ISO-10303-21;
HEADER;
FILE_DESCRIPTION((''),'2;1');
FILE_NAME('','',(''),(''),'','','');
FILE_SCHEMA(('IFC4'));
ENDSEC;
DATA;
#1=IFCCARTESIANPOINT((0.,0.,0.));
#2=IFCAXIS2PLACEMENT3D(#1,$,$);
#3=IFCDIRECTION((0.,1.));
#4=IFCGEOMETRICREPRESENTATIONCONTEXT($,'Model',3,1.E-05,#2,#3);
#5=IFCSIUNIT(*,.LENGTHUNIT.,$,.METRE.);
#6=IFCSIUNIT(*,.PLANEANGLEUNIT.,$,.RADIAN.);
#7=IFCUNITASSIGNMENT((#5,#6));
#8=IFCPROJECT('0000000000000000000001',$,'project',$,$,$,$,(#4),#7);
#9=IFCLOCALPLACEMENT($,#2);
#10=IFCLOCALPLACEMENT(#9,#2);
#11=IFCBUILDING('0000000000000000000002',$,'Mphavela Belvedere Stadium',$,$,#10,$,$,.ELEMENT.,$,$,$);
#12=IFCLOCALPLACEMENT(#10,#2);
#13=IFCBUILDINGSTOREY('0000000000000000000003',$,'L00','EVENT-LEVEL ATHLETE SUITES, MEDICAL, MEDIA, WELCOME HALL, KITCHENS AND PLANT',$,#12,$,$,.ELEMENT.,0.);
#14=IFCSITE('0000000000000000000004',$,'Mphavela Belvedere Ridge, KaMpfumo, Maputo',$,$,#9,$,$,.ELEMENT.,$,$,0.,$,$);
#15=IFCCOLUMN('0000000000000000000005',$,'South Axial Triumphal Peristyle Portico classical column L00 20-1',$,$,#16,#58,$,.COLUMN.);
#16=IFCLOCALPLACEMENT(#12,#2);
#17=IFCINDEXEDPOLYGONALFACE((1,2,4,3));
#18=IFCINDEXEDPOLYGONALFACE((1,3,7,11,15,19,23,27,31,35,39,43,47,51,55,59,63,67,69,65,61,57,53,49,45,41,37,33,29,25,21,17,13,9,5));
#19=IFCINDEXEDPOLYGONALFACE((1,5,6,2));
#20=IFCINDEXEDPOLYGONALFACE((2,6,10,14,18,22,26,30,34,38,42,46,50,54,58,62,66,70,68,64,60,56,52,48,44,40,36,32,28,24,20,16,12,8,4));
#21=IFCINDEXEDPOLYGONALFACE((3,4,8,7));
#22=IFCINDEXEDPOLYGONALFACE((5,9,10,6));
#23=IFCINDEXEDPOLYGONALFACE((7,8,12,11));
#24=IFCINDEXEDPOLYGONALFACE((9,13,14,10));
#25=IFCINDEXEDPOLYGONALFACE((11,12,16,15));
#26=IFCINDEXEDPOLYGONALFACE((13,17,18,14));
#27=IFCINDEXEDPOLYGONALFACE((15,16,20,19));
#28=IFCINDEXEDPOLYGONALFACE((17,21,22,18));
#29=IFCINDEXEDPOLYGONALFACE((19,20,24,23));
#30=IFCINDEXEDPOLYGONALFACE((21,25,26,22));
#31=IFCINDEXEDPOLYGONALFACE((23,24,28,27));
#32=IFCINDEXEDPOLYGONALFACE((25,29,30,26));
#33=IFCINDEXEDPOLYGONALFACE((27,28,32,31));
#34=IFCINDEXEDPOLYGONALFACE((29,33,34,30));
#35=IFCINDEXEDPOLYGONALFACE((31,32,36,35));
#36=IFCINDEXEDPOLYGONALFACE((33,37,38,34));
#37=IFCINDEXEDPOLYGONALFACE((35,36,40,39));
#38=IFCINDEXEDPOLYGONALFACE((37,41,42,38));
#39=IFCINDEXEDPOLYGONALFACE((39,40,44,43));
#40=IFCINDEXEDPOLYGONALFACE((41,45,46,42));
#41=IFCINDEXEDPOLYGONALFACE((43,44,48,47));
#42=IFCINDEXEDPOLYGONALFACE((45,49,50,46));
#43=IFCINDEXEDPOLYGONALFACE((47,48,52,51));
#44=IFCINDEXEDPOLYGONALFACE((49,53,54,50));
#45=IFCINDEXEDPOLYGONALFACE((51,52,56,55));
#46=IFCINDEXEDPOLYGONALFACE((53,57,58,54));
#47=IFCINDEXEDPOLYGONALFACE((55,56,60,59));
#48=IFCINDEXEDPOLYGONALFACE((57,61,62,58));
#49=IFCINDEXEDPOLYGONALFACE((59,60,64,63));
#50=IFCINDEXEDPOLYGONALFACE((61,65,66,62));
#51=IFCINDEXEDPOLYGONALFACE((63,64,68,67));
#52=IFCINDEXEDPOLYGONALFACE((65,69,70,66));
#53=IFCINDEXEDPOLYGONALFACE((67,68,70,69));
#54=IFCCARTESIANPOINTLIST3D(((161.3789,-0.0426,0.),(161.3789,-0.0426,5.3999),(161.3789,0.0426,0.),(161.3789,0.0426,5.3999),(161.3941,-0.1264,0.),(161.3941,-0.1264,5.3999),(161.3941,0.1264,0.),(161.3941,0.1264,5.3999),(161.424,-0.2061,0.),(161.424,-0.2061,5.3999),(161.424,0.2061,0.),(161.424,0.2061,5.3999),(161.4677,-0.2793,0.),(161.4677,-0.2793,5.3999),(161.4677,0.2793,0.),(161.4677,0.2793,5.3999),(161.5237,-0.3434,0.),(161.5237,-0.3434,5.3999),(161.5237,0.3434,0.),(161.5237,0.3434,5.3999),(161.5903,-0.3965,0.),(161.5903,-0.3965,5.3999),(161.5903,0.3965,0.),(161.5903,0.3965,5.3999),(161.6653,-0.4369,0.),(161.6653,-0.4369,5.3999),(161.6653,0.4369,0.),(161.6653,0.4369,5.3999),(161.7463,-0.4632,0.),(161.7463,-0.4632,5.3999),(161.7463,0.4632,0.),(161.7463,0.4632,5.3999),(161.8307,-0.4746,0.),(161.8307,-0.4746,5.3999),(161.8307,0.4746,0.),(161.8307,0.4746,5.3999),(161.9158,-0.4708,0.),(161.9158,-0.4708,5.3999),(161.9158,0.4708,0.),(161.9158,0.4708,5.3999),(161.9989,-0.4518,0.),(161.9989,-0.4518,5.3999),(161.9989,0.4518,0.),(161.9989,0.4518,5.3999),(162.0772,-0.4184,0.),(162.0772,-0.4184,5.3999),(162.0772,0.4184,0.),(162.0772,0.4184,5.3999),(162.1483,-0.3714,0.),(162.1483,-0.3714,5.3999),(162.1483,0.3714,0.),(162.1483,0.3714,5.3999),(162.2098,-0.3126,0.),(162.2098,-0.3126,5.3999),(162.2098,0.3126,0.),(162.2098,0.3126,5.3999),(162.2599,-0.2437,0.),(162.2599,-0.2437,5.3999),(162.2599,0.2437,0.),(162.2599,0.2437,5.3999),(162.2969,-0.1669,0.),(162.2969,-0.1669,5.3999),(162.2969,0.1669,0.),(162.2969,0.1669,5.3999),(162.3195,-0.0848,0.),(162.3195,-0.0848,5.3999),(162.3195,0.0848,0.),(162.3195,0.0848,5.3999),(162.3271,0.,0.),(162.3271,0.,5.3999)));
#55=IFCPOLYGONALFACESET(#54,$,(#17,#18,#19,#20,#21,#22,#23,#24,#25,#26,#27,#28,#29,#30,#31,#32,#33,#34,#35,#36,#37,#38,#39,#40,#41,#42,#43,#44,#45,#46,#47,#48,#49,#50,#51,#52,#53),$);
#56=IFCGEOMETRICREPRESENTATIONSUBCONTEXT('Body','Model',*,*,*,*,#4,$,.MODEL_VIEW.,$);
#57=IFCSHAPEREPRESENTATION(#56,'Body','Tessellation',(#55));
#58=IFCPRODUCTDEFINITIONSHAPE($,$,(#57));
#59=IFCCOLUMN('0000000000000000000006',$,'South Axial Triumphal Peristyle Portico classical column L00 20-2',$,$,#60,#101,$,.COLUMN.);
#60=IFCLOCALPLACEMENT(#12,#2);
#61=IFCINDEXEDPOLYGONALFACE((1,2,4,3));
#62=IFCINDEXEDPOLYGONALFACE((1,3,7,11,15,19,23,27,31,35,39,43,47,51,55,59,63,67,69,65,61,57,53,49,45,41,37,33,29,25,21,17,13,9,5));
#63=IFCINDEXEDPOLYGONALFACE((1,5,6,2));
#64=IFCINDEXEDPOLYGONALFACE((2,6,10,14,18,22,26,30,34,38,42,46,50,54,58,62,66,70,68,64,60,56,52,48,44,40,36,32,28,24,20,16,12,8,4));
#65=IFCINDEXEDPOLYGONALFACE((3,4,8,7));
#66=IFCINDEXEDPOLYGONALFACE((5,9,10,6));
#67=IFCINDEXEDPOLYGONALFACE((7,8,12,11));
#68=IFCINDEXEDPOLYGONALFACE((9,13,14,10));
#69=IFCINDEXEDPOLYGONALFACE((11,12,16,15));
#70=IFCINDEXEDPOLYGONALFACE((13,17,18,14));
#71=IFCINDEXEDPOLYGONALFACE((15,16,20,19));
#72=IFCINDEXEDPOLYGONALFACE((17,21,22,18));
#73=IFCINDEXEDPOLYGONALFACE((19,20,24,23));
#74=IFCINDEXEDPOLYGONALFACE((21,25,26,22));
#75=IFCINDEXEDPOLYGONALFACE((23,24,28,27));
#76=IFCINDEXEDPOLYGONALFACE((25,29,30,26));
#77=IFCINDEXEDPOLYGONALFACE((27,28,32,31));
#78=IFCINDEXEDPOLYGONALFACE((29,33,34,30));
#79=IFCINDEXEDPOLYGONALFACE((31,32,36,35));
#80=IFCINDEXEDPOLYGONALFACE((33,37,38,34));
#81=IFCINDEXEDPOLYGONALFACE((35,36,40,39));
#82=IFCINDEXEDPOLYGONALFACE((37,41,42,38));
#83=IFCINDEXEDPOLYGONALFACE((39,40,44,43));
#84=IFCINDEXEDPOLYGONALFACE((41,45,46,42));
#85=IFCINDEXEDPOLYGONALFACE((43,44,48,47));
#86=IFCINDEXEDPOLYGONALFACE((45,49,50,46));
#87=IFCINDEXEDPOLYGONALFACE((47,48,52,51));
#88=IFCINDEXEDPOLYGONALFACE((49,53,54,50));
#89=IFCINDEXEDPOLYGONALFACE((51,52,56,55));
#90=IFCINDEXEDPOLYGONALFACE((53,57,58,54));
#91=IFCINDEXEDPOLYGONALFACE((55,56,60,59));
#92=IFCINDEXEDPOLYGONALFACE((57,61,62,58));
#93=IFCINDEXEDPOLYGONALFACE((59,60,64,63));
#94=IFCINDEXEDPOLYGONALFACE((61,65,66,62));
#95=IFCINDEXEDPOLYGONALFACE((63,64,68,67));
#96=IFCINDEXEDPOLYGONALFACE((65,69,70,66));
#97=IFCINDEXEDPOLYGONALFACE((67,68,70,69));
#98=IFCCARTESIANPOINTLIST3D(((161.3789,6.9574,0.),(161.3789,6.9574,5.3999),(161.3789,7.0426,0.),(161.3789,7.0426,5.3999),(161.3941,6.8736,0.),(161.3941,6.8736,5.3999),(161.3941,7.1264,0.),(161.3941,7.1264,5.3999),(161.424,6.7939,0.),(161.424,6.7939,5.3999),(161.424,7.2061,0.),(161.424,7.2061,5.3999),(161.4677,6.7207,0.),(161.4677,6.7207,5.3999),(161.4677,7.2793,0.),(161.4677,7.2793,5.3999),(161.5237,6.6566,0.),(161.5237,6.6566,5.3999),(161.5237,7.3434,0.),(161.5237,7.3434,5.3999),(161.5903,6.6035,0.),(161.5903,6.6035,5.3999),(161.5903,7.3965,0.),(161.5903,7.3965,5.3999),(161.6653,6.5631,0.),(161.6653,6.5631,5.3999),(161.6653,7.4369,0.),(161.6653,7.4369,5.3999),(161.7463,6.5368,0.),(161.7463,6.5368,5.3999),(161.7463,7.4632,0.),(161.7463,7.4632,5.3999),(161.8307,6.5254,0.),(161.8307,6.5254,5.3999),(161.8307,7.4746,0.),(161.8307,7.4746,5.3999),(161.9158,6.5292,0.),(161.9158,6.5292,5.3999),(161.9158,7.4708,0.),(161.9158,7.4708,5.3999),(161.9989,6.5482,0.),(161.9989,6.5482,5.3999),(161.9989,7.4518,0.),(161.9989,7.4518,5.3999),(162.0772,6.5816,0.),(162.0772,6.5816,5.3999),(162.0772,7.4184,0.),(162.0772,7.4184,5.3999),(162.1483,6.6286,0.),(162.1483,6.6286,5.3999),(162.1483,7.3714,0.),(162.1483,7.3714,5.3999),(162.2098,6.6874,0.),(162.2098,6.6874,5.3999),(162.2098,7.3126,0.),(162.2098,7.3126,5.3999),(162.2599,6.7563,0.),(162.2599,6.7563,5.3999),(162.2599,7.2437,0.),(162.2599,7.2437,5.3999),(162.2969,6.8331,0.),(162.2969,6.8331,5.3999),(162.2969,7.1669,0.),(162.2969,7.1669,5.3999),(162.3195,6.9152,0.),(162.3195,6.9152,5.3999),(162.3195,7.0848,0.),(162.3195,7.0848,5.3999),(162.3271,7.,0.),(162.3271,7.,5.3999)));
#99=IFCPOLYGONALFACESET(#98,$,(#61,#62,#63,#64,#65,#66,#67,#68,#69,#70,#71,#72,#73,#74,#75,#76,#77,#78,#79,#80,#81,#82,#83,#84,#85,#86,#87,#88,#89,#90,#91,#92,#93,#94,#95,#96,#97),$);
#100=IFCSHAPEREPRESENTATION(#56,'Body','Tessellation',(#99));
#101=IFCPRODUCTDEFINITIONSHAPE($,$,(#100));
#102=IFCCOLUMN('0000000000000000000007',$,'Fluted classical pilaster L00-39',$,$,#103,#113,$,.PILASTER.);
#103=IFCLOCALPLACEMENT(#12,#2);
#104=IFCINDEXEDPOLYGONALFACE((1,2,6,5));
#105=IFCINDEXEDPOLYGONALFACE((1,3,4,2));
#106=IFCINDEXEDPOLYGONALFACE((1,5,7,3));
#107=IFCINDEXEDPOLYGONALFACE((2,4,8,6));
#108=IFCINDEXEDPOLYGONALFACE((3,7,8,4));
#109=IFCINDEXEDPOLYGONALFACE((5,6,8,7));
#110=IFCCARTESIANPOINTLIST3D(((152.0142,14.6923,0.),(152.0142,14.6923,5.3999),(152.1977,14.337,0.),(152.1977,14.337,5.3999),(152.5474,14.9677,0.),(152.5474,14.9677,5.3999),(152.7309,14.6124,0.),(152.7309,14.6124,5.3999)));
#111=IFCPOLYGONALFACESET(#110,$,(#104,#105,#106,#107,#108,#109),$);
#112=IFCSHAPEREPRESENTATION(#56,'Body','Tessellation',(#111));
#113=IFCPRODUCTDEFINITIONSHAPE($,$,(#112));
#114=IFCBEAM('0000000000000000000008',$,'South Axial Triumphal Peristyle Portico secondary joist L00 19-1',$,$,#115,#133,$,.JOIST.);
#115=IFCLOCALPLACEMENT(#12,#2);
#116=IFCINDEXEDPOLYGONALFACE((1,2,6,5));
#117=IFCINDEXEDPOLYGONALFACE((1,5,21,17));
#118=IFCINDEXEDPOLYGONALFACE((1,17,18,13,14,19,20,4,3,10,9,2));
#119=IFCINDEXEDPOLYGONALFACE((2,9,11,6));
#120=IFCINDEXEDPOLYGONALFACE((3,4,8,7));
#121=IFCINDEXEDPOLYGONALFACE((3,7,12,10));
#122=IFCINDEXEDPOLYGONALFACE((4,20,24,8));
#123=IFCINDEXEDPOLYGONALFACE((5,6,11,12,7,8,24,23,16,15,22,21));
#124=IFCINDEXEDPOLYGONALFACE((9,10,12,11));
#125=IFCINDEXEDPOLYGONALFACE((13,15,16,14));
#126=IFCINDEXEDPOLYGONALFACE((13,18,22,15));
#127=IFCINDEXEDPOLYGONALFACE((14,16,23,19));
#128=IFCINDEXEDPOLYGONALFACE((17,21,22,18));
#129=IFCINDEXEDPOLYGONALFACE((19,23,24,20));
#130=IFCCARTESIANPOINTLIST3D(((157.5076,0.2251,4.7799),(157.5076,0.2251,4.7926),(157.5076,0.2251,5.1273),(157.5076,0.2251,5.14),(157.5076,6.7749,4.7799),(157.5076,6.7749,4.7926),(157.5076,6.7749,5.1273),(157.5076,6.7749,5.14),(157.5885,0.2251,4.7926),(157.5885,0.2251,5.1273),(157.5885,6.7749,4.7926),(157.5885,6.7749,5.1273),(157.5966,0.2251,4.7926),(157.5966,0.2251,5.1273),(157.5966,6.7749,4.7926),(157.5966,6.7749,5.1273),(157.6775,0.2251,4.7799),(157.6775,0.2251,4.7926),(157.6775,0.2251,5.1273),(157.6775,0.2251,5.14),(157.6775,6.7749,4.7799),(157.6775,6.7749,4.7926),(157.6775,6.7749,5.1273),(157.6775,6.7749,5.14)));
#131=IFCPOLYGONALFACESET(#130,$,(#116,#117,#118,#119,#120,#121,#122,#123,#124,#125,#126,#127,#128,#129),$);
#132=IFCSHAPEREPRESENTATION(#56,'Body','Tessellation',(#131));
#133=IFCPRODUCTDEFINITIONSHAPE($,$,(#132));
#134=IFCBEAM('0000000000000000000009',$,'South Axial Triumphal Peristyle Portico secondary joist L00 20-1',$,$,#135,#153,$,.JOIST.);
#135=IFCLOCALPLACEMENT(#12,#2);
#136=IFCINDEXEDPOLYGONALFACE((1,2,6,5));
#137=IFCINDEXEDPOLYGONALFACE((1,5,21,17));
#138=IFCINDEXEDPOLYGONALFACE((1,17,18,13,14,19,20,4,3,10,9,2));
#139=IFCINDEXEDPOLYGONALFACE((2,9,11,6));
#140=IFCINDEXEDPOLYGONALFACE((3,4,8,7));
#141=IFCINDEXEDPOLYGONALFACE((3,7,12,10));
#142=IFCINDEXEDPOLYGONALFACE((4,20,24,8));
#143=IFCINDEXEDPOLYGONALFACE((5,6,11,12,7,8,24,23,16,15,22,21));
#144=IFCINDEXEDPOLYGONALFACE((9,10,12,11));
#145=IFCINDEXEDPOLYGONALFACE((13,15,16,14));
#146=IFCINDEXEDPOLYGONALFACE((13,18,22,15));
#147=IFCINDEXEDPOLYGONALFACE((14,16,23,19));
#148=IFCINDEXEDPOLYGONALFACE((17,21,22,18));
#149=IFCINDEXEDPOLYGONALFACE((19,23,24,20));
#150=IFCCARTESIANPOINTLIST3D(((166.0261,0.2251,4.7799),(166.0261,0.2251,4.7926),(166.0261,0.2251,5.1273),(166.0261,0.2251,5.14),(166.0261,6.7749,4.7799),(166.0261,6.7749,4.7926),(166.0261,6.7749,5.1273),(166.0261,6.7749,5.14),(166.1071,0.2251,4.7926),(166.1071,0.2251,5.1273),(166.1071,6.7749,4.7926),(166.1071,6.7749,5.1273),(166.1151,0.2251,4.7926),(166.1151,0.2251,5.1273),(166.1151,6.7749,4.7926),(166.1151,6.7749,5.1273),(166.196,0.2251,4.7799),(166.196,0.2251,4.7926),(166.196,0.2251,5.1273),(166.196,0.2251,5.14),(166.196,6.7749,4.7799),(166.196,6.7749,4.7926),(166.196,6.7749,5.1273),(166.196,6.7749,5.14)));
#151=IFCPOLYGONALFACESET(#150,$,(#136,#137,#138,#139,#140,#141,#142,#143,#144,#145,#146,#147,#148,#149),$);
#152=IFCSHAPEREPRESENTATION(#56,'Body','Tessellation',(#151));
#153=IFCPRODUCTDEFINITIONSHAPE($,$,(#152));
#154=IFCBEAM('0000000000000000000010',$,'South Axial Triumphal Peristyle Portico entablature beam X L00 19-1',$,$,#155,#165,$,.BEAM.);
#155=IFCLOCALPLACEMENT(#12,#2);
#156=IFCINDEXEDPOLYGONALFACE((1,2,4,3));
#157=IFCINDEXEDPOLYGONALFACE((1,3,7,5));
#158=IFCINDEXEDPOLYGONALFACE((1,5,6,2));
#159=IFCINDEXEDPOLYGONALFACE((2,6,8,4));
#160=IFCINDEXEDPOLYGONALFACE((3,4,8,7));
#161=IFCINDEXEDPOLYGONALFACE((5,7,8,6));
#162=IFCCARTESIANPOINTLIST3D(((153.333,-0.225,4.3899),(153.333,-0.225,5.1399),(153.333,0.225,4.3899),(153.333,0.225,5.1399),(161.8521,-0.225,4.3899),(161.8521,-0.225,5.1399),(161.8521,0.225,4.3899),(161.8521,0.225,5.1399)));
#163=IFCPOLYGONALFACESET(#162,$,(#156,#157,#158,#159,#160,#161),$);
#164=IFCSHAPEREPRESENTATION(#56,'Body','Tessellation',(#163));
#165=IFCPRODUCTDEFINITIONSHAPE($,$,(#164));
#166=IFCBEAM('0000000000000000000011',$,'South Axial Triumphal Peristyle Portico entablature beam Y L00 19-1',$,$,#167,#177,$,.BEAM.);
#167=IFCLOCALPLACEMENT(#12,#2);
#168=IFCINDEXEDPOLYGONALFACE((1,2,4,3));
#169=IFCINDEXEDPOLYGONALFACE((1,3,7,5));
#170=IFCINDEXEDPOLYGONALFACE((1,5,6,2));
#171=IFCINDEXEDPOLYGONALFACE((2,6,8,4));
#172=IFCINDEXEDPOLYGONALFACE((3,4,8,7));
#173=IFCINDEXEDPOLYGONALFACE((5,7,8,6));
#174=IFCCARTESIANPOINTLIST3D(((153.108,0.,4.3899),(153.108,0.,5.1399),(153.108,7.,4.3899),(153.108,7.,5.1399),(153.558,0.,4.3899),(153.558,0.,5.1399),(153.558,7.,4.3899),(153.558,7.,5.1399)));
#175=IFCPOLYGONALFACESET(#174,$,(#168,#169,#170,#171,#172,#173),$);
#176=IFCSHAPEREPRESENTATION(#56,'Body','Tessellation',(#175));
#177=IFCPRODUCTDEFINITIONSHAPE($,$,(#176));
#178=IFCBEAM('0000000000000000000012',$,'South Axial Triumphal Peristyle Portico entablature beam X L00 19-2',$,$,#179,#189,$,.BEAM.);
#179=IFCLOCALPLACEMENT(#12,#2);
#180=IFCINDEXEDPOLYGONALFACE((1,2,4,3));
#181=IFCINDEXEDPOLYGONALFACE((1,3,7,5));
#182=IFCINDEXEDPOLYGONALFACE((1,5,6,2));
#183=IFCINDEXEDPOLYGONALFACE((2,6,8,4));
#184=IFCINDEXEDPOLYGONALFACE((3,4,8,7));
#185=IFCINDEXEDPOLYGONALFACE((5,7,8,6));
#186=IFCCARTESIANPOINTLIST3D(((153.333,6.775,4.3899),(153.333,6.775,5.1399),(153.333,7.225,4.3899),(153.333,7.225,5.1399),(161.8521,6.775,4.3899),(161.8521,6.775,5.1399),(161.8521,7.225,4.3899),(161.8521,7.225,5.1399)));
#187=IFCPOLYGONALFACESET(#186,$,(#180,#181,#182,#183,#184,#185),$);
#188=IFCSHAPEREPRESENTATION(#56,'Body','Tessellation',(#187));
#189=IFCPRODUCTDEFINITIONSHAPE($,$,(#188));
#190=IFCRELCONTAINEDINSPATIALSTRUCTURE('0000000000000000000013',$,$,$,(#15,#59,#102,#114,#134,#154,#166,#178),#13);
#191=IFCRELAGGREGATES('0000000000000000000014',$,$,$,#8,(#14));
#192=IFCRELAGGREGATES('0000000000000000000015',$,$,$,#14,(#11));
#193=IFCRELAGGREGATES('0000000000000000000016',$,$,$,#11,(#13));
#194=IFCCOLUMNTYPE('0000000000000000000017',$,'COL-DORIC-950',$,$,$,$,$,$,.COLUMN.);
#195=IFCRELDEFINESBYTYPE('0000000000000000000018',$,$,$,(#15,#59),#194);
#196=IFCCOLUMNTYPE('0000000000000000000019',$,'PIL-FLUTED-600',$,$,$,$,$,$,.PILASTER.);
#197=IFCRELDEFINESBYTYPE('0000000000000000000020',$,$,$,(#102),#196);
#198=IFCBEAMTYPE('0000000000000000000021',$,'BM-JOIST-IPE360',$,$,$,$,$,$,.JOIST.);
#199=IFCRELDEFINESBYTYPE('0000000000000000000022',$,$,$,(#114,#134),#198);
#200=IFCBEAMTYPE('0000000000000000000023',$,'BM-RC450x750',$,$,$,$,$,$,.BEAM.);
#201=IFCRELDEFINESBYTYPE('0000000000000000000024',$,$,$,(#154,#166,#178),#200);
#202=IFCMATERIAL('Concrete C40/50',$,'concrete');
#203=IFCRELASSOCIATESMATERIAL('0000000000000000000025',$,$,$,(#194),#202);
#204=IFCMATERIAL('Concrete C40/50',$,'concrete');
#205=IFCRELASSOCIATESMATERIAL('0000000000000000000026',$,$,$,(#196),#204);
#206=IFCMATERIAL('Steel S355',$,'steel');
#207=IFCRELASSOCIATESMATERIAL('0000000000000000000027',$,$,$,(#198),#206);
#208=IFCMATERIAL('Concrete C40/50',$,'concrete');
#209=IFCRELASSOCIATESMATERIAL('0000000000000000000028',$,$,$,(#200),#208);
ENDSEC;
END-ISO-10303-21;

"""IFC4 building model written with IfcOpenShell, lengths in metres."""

from ifc_helpers import new_model, si_unit, direction, frame, origin, origin_2d, place, context, subcontext, project, spatial, rectangle, circle, i_section, extrude, material, material_profile, profile_set, type_object, element, save


model = new_model("IFC4")

# Units and contexts
model_context = context("Model", 3, precision=1e-05, world=origin(), true_north=direction((0.0, 1.0)))
body_context = subcontext(model_context, "Body", "Model", "MODEL_VIEW")
ifc_project = project(units=[si_unit("LENGTHUNIT", "METRE"), si_unit("PLANEANGLEUNIT", "RADIAN")], contexts=[model_context])

# Site, building, storey
site_placement = place(None, origin())
site = spatial("IfcSite", under=ifc_project, at=site_placement, Name="Mphavela Belvedere Ridge, KaMpfumo, Maputo", CompositionType="ELEMENT", RefElevation=0.0)
building_placement = place(site_placement, origin())
building = spatial("IfcBuilding", under=site, at=building_placement, Name="Mphavela Belvedere Stadium", CompositionType="ELEMENT")
storey_placement = place(building_placement, origin())
storey = spatial("IfcBuildingStorey", under=building, at=storey_placement, Name="L00", Description="EVENT-LEVEL ATHLETE SUITES, MEDICAL, MEDIA, WELCOME HALL, KITCHENS AND PLANT", CompositionType="ELEMENT", Elevation=0.0)

# Columns
ifc_material_1 = material(Name="Concrete C40/50", Category="concrete")
ifc_material_profile_1 = material_profile(ifc_material_1, circle(Radius=0.4751, at=origin_2d()), Name="COL D950")
ifc_profile_set_1 = profile_set([ifc_material_profile_1], Name="Concrete C40/50")
column_type_1 = type_object("IfcColumnType", Name="COL-DORIC-950", PredefinedType="COLUMN", material=ifc_profile_set_1)
for number, where, z_axis, x_axis, name in (
    (1, (161.8521, 0.0, 0.0), (0.0, 0.0, 1.0), (1.0, 0.0, 0.0), "South Axial Triumphal Peristyle Portico classical column L00 20-1"),
    (2, (161.8521, 7.0, 0.0), (0.0, 0.0, 1.0), (1.0, 0.0, 0.0), "South Axial Triumphal Peristyle Portico classical column L00 20-2"),
):
    element("IfcColumn", number, at=place(storey_placement, frame(where, z_axis=z_axis, x_axis=x_axis)), inside=storey, type_object=column_type_1, Name=name, PredefinedType="COLUMN", context=body_context, shape_type="SweptSolid", body=[
        extrude(circle(Radius=0.4751, at=origin_2d()), origin(), (0.0, 0.0, 1.0), 5.3999),
    ])
ifc_material_2 = material(Name="Concrete C40/50", Category="concrete")
ifc_material_profile_2 = material_profile(ifc_material_2, rectangle(XDim=0.6001, YDim=0.3999, at=origin_2d()), Name="PIL 600x400")
ifc_profile_set_2 = profile_set([ifc_material_profile_2], Name="Concrete C40/50")
column_type_2 = type_object("IfcColumnType", Name="PIL-FLUTED-600", PredefinedType="PILASTER", material=ifc_profile_set_2)
column_placement = place(storey_placement, frame((152.3726, 14.6523, 0.0), z_axis=(0.0, 0.0, 1.0), x_axis=(0.888457, 0.45896, 0.0)))
element("IfcColumn", 3, at=column_placement, inside=storey, type_object=column_type_2, Name="Fluted classical pilaster L00-39", PredefinedType="PILASTER", context=body_context, shape_type="SweptSolid", body=[
    extrude(rectangle(XDim=0.6001, YDim=0.3999, at=origin_2d()), origin(), (0.0, 0.0, 1.0), 5.3999),
])

# Beams
ifc_material_3 = material(Name="Steel S355", Category="steel")
ifc_material_profile_3 = material_profile(ifc_material_3, i_section(OverallWidth=0.1699, OverallDepth=0.3601, WebThickness=0.0081, FlangeThickness=0.0127, at=origin_2d()), Name="IPE 360")
ifc_profile_set_3 = profile_set([ifc_material_profile_3], Name="Steel S355")
beam_type_1 = type_object("IfcBeamType", Name="BM-JOIST-IPE360", PredefinedType="JOIST", material=ifc_profile_set_3)
for number, where, z_axis, x_axis, name in (
    (4, (157.5925, 0.2251, 4.96), (0.0, 1.0, 0.0), (-1.0, 0.0, 0.0), "South Axial Triumphal Peristyle Portico secondary joist L00 19-1"),
    (5, (166.1111, 0.2251, 4.96), (0.0, 1.0, 0.0), (-1.0, 0.0, 0.0), "South Axial Triumphal Peristyle Portico secondary joist L00 20-1"),
):
    element("IfcBeam", number, at=place(storey_placement, frame(where, z_axis=z_axis, x_axis=x_axis)), inside=storey, type_object=beam_type_1, Name=name, PredefinedType="JOIST", context=body_context, shape_type="SweptSolid", body=[
        extrude(i_section(OverallWidth=0.1699, OverallDepth=0.3601, WebThickness=0.0081, FlangeThickness=0.0127, at=origin_2d()), origin(), (0.0, 0.0, 1.0), 6.5498),
    ])
ifc_material_4 = material(Name="Concrete C40/50", Category="concrete")
ifc_material_profile_4 = material_profile(ifc_material_4, rectangle(XDim=0.45, YDim=0.75, at=origin_2d()), Name="RC 450x750")
ifc_profile_set_4 = profile_set([ifc_material_profile_4], Name="Concrete C40/50")
beam_type_2 = type_object("IfcBeamType", Name="BM-RC450x750", PredefinedType="BEAM", material=ifc_profile_set_4)
beam_1_placement = place(storey_placement, frame((153.333, 0.0, 4.7649), z_axis=(1.0, 0.0, 0.0), x_axis=(0.0, 1.0, 0.0)))
element("IfcBeam", 6, at=beam_1_placement, inside=storey, type_object=beam_type_2, Name="South Axial Triumphal Peristyle Portico entablature beam X L00 19-1", PredefinedType="BEAM", context=body_context, shape_type="SweptSolid", body=[
    extrude(rectangle(XDim=0.45, YDim=0.75, at=origin_2d()), origin(), (0.0, 0.0, 1.0), 8.519),
])
beam_2_placement = place(storey_placement, frame((153.333, 0.0, 4.7649), z_axis=(0.0, 1.0, 0.0), x_axis=(-1.0, 0.0, 0.0)))
element("IfcBeam", 7, at=beam_2_placement, inside=storey, type_object=beam_type_2, Name="South Axial Triumphal Peristyle Portico entablature beam Y L00 19-1", PredefinedType="BEAM", context=body_context, shape_type="SweptSolid", body=[
    extrude(rectangle(XDim=0.45, YDim=0.75, at=origin_2d()), origin(), (0.0, 0.0, 1.0), 7.0),
])
beam_3_placement = place(storey_placement, frame((153.333, 7.0, 4.7649), z_axis=(1.0, 0.0, 0.0), x_axis=(0.0, 1.0, 0.0)))
element("IfcBeam", 8, at=beam_3_placement, inside=storey, type_object=beam_type_2, Name="South Axial Triumphal Peristyle Portico entablature beam X L00 19-2", PredefinedType="BEAM", context=body_context, shape_type="SweptSolid", body=[
    extrude(rectangle(XDim=0.45, YDim=0.75, at=origin_2d()), origin(), (0.0, 0.0, 1.0), 8.519),
])

save(model, "model.ifc")
